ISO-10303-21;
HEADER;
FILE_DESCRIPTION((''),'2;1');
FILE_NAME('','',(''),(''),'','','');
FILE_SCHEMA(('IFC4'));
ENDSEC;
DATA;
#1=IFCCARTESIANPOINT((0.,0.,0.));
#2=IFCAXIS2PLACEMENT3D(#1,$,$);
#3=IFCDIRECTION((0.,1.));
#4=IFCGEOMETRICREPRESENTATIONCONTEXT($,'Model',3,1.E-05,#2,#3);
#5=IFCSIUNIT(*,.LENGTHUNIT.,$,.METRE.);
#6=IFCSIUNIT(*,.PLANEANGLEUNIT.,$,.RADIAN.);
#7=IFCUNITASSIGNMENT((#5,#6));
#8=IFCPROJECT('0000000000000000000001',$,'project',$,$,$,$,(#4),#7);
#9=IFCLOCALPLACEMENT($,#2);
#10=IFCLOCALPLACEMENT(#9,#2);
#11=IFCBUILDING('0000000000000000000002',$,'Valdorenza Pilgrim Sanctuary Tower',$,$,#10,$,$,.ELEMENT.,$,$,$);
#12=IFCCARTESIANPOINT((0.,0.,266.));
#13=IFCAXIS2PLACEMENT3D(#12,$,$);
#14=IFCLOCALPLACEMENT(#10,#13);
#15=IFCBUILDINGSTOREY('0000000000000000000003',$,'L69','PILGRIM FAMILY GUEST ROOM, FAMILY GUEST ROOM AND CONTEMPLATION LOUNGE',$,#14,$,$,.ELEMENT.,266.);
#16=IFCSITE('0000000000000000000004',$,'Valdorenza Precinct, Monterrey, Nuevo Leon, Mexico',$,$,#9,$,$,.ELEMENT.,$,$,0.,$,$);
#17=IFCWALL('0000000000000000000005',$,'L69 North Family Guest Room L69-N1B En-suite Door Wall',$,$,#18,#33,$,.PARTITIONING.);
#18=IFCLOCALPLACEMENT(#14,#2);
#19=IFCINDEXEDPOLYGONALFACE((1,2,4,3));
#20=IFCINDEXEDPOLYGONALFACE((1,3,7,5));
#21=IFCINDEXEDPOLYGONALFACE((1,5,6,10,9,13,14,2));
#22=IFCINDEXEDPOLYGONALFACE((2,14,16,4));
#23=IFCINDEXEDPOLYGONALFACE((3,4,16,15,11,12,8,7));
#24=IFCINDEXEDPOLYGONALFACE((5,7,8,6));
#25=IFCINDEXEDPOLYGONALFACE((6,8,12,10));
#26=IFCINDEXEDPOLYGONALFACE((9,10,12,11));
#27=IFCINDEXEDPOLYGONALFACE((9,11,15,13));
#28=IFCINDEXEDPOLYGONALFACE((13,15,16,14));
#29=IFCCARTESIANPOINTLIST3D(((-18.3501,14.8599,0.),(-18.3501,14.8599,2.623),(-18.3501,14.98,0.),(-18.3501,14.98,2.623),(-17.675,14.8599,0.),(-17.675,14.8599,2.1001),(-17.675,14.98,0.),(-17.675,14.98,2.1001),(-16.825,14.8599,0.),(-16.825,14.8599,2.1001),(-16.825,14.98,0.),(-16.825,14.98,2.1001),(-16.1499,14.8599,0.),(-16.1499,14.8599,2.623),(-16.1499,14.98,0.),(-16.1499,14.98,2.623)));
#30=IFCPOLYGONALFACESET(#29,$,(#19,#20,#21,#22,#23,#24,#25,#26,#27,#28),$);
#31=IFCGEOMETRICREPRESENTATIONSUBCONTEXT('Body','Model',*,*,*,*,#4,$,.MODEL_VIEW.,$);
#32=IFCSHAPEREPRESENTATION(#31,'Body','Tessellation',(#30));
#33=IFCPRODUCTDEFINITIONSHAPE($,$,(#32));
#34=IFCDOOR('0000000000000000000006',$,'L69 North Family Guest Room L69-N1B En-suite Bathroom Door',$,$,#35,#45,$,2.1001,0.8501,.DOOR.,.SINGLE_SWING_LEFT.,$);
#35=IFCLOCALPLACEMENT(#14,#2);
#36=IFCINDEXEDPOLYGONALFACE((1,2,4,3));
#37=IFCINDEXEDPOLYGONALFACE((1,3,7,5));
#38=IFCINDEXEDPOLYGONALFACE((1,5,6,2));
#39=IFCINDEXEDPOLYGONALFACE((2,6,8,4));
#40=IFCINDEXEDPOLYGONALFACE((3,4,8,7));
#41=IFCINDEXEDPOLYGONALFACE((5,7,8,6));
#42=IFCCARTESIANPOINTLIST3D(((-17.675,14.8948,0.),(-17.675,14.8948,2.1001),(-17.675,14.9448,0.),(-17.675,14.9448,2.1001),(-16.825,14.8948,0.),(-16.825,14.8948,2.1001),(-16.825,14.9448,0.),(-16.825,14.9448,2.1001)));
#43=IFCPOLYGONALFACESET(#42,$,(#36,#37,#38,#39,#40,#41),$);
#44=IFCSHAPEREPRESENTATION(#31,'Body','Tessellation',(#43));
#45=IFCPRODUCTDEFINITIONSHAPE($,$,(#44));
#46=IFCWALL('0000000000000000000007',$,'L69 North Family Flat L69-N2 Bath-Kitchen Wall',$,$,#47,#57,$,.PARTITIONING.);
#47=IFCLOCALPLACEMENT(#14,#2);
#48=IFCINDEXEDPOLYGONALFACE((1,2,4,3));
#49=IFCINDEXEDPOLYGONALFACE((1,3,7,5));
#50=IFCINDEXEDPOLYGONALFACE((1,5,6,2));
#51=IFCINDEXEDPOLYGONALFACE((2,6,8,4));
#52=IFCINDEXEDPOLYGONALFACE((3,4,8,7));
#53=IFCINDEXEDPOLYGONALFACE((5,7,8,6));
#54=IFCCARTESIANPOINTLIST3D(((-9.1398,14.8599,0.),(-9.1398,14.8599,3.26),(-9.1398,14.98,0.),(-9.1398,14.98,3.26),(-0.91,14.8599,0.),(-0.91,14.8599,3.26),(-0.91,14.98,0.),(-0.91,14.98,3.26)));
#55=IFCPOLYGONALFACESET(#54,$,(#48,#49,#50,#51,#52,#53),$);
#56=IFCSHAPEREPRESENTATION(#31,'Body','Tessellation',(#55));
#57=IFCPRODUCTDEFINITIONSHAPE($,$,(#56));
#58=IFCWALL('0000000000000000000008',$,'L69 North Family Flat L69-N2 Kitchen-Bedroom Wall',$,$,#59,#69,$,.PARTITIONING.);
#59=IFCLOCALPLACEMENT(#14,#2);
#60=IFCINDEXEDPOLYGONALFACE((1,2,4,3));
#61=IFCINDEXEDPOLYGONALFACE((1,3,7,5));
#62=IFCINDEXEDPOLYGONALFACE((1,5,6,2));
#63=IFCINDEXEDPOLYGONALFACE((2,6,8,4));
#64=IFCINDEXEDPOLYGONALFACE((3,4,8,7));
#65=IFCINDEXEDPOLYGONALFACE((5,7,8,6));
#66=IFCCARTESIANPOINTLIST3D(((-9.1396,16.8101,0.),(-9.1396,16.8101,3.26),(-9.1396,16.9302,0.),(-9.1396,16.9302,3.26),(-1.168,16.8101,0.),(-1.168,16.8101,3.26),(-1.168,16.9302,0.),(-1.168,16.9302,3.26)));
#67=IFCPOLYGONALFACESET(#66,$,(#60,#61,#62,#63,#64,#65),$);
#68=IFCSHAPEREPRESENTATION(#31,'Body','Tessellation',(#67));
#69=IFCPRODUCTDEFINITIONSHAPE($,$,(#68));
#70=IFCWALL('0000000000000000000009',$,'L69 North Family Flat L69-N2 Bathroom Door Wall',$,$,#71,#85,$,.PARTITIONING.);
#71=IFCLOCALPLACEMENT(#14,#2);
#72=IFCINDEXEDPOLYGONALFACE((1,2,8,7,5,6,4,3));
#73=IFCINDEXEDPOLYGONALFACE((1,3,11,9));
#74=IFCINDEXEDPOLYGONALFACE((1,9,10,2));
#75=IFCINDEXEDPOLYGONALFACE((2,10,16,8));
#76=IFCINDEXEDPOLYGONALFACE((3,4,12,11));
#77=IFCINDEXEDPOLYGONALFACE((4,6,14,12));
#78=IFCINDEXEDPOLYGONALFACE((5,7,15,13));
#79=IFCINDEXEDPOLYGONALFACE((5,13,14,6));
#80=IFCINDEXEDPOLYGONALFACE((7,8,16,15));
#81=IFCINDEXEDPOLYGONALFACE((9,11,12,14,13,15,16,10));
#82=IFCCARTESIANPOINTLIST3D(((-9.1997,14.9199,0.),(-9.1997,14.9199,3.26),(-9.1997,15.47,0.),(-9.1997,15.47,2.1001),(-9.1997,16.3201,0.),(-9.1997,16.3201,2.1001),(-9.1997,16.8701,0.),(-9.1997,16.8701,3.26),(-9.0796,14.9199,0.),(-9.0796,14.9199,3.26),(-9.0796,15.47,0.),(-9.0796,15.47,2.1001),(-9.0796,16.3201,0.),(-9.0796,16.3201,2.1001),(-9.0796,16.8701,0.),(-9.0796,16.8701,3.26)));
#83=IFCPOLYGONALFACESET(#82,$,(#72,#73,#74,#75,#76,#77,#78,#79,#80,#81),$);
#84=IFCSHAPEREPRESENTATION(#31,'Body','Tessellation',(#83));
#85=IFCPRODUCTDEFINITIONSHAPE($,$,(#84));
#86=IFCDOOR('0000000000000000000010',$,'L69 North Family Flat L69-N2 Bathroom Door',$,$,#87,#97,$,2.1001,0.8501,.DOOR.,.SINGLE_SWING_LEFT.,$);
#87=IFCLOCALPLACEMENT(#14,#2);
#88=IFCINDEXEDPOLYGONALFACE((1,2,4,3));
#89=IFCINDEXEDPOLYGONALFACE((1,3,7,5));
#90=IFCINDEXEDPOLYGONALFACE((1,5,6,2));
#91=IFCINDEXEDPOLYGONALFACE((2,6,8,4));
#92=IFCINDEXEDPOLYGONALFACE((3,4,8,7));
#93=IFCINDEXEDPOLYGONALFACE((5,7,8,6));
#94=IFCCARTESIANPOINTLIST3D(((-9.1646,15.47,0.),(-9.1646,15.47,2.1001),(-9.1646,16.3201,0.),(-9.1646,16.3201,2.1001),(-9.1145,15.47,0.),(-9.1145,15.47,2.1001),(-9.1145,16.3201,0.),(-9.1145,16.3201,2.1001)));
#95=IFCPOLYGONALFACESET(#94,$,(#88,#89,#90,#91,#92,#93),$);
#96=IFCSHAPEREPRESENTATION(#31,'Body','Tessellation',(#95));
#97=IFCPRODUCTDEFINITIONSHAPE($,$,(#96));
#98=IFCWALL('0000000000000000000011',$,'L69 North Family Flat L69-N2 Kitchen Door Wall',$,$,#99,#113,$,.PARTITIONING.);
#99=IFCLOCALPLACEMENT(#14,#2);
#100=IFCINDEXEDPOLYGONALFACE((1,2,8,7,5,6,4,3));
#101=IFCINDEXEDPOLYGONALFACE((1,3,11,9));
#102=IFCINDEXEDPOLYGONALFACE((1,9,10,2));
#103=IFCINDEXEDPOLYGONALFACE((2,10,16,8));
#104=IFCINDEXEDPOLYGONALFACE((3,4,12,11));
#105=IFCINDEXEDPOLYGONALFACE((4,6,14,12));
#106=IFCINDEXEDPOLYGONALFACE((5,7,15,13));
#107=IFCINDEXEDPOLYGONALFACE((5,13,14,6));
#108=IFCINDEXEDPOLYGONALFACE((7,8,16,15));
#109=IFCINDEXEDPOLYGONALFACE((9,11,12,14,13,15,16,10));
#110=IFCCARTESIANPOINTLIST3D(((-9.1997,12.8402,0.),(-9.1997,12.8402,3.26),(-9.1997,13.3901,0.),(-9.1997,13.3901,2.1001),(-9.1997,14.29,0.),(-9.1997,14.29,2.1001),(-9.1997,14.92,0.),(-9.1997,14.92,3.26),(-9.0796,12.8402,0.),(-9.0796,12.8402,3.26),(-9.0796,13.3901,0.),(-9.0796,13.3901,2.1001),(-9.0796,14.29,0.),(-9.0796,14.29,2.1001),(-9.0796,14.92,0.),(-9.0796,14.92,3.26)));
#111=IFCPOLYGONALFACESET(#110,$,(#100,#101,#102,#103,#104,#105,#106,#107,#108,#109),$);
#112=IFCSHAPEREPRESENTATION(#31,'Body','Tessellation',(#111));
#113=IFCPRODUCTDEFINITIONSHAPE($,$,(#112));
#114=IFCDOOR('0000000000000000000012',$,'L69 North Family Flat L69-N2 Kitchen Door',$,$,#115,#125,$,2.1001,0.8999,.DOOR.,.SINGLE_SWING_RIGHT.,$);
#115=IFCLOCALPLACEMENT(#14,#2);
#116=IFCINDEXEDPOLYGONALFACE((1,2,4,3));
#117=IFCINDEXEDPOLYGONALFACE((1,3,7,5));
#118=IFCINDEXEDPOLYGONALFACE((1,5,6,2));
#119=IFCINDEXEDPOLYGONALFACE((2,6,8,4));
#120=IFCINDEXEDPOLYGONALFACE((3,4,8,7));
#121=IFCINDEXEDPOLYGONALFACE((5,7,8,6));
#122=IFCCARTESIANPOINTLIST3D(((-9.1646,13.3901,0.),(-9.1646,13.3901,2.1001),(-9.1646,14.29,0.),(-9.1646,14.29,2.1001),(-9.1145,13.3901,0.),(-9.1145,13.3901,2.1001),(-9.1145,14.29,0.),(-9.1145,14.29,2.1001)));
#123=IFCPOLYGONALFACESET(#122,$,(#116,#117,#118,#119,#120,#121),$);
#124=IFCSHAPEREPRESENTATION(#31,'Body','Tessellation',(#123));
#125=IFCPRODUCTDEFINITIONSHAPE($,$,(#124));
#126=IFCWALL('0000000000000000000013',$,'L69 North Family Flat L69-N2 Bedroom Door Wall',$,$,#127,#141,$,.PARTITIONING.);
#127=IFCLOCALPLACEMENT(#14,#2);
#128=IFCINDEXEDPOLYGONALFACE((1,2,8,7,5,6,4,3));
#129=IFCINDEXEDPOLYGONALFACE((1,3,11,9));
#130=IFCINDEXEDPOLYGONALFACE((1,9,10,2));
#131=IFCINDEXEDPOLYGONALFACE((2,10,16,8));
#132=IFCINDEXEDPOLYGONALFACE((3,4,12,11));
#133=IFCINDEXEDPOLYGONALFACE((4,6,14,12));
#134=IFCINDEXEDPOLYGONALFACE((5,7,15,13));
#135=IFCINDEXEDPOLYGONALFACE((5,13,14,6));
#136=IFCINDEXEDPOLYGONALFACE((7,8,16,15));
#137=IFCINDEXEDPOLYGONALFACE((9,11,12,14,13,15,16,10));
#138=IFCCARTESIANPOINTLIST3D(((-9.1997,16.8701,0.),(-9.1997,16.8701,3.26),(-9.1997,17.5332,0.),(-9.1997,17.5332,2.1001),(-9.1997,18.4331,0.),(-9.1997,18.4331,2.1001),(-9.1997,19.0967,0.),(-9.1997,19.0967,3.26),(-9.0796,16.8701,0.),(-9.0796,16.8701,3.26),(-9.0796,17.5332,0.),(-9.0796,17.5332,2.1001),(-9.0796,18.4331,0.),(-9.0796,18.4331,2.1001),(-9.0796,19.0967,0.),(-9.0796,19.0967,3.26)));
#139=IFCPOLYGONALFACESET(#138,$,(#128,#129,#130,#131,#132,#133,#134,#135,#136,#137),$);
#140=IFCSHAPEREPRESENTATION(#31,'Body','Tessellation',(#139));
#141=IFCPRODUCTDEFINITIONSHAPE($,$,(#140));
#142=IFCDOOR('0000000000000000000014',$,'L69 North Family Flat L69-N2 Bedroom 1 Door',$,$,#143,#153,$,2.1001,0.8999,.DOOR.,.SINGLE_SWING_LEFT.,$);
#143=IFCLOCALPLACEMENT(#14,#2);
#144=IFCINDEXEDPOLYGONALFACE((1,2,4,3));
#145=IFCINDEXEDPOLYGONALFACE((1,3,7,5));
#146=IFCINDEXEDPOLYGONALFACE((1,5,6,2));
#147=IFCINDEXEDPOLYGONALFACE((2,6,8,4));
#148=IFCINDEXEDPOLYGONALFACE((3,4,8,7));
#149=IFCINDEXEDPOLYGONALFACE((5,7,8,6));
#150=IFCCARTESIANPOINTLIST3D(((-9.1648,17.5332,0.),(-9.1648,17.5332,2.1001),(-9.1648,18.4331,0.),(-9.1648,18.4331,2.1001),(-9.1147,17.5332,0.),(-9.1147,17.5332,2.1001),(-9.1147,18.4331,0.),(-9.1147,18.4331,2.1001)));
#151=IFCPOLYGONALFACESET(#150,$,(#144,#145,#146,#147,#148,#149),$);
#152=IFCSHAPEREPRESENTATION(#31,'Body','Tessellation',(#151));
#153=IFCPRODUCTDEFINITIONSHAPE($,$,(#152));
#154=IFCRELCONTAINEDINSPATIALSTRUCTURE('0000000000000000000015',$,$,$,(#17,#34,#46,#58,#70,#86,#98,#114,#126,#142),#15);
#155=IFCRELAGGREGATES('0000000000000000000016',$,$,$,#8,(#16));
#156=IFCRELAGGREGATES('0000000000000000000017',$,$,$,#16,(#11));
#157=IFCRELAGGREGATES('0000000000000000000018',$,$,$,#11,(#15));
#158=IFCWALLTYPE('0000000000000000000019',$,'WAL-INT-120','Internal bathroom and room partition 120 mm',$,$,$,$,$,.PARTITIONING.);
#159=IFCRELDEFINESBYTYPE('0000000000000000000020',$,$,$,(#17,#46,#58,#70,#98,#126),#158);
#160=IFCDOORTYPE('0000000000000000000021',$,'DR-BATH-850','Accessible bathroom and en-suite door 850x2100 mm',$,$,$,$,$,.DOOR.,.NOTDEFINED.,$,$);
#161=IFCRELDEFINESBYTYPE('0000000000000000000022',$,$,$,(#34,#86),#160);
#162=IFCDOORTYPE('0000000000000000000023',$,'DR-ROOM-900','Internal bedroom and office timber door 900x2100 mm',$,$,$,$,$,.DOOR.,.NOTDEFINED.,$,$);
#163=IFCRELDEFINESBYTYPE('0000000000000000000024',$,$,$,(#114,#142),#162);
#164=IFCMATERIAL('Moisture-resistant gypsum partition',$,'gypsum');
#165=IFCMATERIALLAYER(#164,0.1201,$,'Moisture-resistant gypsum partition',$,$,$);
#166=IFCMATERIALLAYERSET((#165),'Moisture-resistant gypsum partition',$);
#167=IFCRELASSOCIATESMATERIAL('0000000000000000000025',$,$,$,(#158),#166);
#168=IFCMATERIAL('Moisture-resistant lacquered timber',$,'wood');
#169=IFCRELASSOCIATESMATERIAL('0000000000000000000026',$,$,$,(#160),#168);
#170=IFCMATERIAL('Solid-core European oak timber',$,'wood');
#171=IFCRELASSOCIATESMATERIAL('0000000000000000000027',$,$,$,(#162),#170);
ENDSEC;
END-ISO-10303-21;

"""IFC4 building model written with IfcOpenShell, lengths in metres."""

from ifc_helpers import new_model, si_unit, direction, frame, frame_2d, origin, place, context, subcontext, project, spatial, rectangle, extrude, material, layer, layer_set, type_object, element, fill, save


model = new_model("IFC4")

# Units and contexts
model_context = context("Model", 3, precision=1e-05, world=origin(), true_north=direction((0.0, 1.0)))
body_context = subcontext(model_context, "Body", "Model", "MODEL_VIEW")
ifc_project = project(units=[si_unit("LENGTHUNIT", "METRE"), si_unit("PLANEANGLEUNIT", "RADIAN")], contexts=[model_context])

# Site, building, storey
site_placement = place(None, origin())
site = spatial("IfcSite", under=ifc_project, at=site_placement, Name="Valdorenza Precinct, Monterrey, Nuevo Leon, Mexico", CompositionType="ELEMENT", RefElevation=0.0)
building_placement = place(site_placement, origin())
building = spatial("IfcBuilding", under=site, at=building_placement, Name="Valdorenza Pilgrim Sanctuary Tower", CompositionType="ELEMENT")
storey_placement = place(building_placement, frame((0.0, 0.0, 266.0)))
storey = spatial("IfcBuildingStorey", under=building, at=storey_placement, Name="L69", Description="PILGRIM FAMILY GUEST ROOM, FAMILY GUEST ROOM AND CONTEMPLATION LOUNGE", CompositionType="ELEMENT", Elevation=266.0)

# Shared definitions
ifc_material_1 = material(Name="Moisture-resistant gypsum partition", Category="gypsum")
ifc_layer_1 = layer(ifc_material_1, 0.1201, Name="Moisture-resistant gypsum partition")
ifc_layer_set_1 = layer_set([ifc_layer_1], Name="Moisture-resistant gypsum partition")
wall_type_1 = type_object("IfcWallType", Name="WAL-INT-120", Description="Internal bathroom and room partition 120 mm", PredefinedType="PARTITIONING", material=ifc_layer_set_1)

# Wall, opening, door
wall_1_placement = place(storey_placement, frame((-18.3501, 14.9199, 0.0), z_axis=(0.0, 0.0, 1.0), x_axis=(1.0, 0.0, 0.0)))
wall_1 = element("IfcWall", 1, at=wall_1_placement, inside=storey, type_object=wall_type_1, Name="L69 North Family Guest Room L69-N1B En-suite Door Wall", PredefinedType="PARTITIONING", context=body_context, shape_type="SweptSolid", body=[
    extrude(rectangle(XDim=2.2002, YDim=0.1201, at=frame_2d((1.1001, 0.0))), origin(), (0.0, 0.0, 1.0), 2.623),
])
opening_1_placement = place(wall_1_placement, frame((0.675, 0.0, 0.0)))
opening_1 = element("IfcOpeningElement", 2, at=opening_1_placement, cuts=wall_1, PredefinedType="OPENING", context=body_context, shape_type="SweptSolid", body=[
    extrude(rectangle(XDim=0.8501, YDim=2.1001, at=frame_2d((0.425, 1.05))), frame((0.0, 0.075, 0.0), z_axis=(0.0, -1.0, 0.0), x_axis=(1.0, 0.0, 0.0)), (0.0, 0.0, 1.0), 0.1499),
])
ifc_material_2 = material(Name="Moisture-resistant lacquered timber", Category="wood")
door_type_1 = type_object("IfcDoorType", Name="DR-BATH-850", Description="Accessible bathroom and en-suite door 850x2100 mm", OperationType="NOTDEFINED", PredefinedType="DOOR", material=ifc_material_2)
door_1_placement = place(opening_1_placement, origin())
door_1 = element("IfcDoor", 3, at=door_1_placement, inside=storey, type_object=door_type_1, Name="L69 North Family Guest Room L69-N1B En-suite Bathroom Door", OperationType="SINGLE_SWING_LEFT", OverallHeight=2.1001, OverallWidth=0.8501, PredefinedType="DOOR", context=body_context, shape_type="SweptSolid", body=[
    extrude(rectangle(XDim=0.8501, YDim=2.1001, at=frame_2d((0.425, 1.05))), frame((0.0, 0.0249, 0.0), z_axis=(0.0, -1.0, 0.0), x_axis=(1.0, 0.0, 0.0)), (0.0, 0.0, 1.0), 0.05),
])
fill(opening_1, door_1)

# Walls
wall_2_placement = place(storey_placement, frame((-9.1396, 14.9199, 0.0), z_axis=(0.0, 0.0, 1.0), x_axis=(1.0, 0.0, 0.0)))
element("IfcWall", 4, at=wall_2_placement, inside=storey, type_object=wall_type_1, Name="L69 North Family Flat L69-N2 Bath-Kitchen Wall", PredefinedType="PARTITIONING", context=body_context, shape_type="SweptSolid", body=[
    extrude(rectangle(XDim=8.2297, YDim=0.1201, at=frame_2d((4.1147, 0.0))), origin(), (0.0, 0.0, 1.0), 3.26),
])
wall_3_placement = place(storey_placement, frame((-9.1396, 16.8701, 0.0), z_axis=(0.0, 0.0, 1.0), x_axis=(1.0, 0.0, 0.0)))
element("IfcWall", 5, at=wall_3_placement, inside=storey, type_object=wall_type_1, Name="L69 North Family Flat L69-N2 Kitchen-Bedroom Wall", PredefinedType="PARTITIONING", context=body_context, shape_type="SweptSolid", body=[
    extrude(rectangle(XDim=7.9717, YDim=0.1201, at=frame_2d((3.9858, 0.0))), origin(), (0.0, 0.0, 1.0), 3.26),
])

# Walls, openings, doors
wall_4_placement = place(storey_placement, frame((-9.1396, 14.9199, 0.0), z_axis=(0.0, 0.0, 1.0), x_axis=(0.0, 1.0, 0.0)))
wall_4 = element("IfcWall", 6, at=wall_4_placement, inside=storey, type_object=wall_type_1, Name="L69 North Family Flat L69-N2 Bathroom Door Wall", PredefinedType="PARTITIONING", context=body_context, shape_type="SweptSolid", body=[
    extrude(rectangle(XDim=1.9502, YDim=0.1201, at=frame_2d((0.9751, 0.0))), origin(), (0.0, 0.0, 1.0), 3.26),
])
opening_2_placement = place(wall_4_placement, frame((0.55, 0.0, 0.0)))
opening_2 = element("IfcOpeningElement", 7, at=opening_2_placement, cuts=wall_4, PredefinedType="OPENING", context=body_context, shape_type="SweptSolid", body=[
    extrude(rectangle(XDim=0.8501, YDim=2.1001, at=frame_2d((0.425, 1.05))), frame((0.0, 0.075, 0.0), z_axis=(0.0, -1.0, 0.0), x_axis=(1.0, 0.0, 0.0)), (0.0, 0.0, 1.0), 0.1499),
])
door_2_placement = place(opening_2_placement, origin())
door_2 = element("IfcDoor", 8, at=door_2_placement, inside=storey, type_object=door_type_1, Name="L69 North Family Flat L69-N2 Bathroom Door", OperationType="SINGLE_SWING_LEFT", OverallHeight=2.1001, OverallWidth=0.8501, PredefinedType="DOOR", context=body_context, shape_type="SweptSolid", body=[
    extrude(rectangle(XDim=0.8501, YDim=2.1001, at=frame_2d((0.425, 1.05))), frame((0.0, 0.0249, 0.0), z_axis=(0.0, -1.0, 0.0), x_axis=(1.0, 0.0, 0.0)), (0.0, 0.0, 1.0), 0.05),
])
fill(opening_2, door_2)
wall_5_placement = place(storey_placement, frame((-9.1396, 12.8401, 0.0), z_axis=(0.0, 0.0, 1.0), x_axis=(0.0, 1.0, 0.0)))
wall_5 = element("IfcWall", 9, at=wall_5_placement, inside=storey, type_object=wall_type_1, Name="L69 North Family Flat L69-N2 Kitchen Door Wall", PredefinedType="PARTITIONING", context=body_context, shape_type="SweptSolid", body=[
    extrude(rectangle(XDim=2.0798, YDim=0.1201, at=frame_2d((1.04, 0.0))), origin(), (0.0, 0.0, 1.0), 3.26),
])
opening_3_placement = place(wall_5_placement, frame((0.55, 0.0, 0.0)))
opening_3 = element("IfcOpeningElement", 10, at=opening_3_placement, cuts=wall_5, PredefinedType="OPENING", context=body_context, shape_type="SweptSolid", body=[
    extrude(rectangle(XDim=0.8999, YDim=2.1001, at=frame_2d((0.45, 1.05))), frame((0.0, 0.075, 0.0), z_axis=(0.0, -1.0, 0.0), x_axis=(1.0, 0.0, 0.0)), (0.0, 0.0, 1.0), 0.1499),
])
ifc_material_3 = material(Name="Solid-core European oak timber", Category="wood")
door_type_2 = type_object("IfcDoorType", Name="DR-ROOM-900", Description="Internal bedroom and office timber door 900x2100 mm", OperationType="NOTDEFINED", PredefinedType="DOOR", material=ifc_material_3)
door_3_placement = place(opening_3_placement, origin())
door_3 = element("IfcDoor", 11, at=door_3_placement, inside=storey, type_object=door_type_2, Name="L69 North Family Flat L69-N2 Kitchen Door", OperationType="SINGLE_SWING_RIGHT", OverallHeight=2.1001, OverallWidth=0.8999, PredefinedType="DOOR", context=body_context, shape_type="SweptSolid", body=[
    extrude(rectangle(XDim=0.8999, YDim=2.1001, at=frame_2d((0.45, 1.05))), frame((0.0, 0.0249, 0.0), z_axis=(0.0, -1.0, 0.0), x_axis=(1.0, 0.0, 0.0)), (0.0, 0.0, 1.0), 0.05),
])
fill(opening_3, door_3)
wall_6_placement = place(storey_placement, frame((-9.1396, 16.8701, 0.0), z_axis=(0.0, 0.0, 1.0), x_axis=(0.0, 1.0, 0.0)))
wall_6 = element("IfcWall", 12, at=wall_6_placement, inside=storey, type_object=wall_type_1, Name="L69 North Family Flat L69-N2 Bedroom Door Wall", PredefinedType="PARTITIONING", context=body_context, shape_type="SweptSolid", body=[
    extrude(rectangle(XDim=2.2266, YDim=0.1201, at=frame_2d((1.1133, 0.0))), origin(), (0.0, 0.0, 1.0), 3.26),
])
opening_4_placement = place(wall_6_placement, frame((0.6631, 0.0, 0.0)))
opening_4 = element("IfcOpeningElement", 13, at=opening_4_placement, cuts=wall_6, PredefinedType="OPENING", context=body_context, shape_type="SweptSolid", body=[
    extrude(rectangle(XDim=0.8999, YDim=2.1001, at=frame_2d((0.45, 1.05))), frame((0.0, 0.075, 0.0), z_axis=(0.0, -1.0, 0.0), x_axis=(1.0, 0.0, 0.0)), (0.0, 0.0, 1.0), 0.1499),
])
door_4_placement = place(opening_4_placement, frame((0.8999, 0.0, 0.0), z_axis=(0.0, 0.0, 1.0), x_axis=(-1.0, 0.0, 0.0)))
door_4 = element("IfcDoor", 14, at=door_4_placement, inside=storey, type_object=door_type_2, Name="L69 North Family Flat L69-N2 Bedroom 1 Door", OperationType="SINGLE_SWING_LEFT", OverallHeight=2.1001, OverallWidth=0.8999, PredefinedType="DOOR", context=body_context, shape_type="SweptSolid", body=[
    extrude(rectangle(XDim=0.8999, YDim=2.1001, at=frame_2d((0.45, 1.05))), frame((0.0, 0.0249, 0.0), z_axis=(0.0, -1.0, 0.0), x_axis=(1.0, 0.0, 0.0)), (0.0, 0.0, 1.0), 0.05),
])
fill(opening_4, door_4)

save(model, "model.ifc")
